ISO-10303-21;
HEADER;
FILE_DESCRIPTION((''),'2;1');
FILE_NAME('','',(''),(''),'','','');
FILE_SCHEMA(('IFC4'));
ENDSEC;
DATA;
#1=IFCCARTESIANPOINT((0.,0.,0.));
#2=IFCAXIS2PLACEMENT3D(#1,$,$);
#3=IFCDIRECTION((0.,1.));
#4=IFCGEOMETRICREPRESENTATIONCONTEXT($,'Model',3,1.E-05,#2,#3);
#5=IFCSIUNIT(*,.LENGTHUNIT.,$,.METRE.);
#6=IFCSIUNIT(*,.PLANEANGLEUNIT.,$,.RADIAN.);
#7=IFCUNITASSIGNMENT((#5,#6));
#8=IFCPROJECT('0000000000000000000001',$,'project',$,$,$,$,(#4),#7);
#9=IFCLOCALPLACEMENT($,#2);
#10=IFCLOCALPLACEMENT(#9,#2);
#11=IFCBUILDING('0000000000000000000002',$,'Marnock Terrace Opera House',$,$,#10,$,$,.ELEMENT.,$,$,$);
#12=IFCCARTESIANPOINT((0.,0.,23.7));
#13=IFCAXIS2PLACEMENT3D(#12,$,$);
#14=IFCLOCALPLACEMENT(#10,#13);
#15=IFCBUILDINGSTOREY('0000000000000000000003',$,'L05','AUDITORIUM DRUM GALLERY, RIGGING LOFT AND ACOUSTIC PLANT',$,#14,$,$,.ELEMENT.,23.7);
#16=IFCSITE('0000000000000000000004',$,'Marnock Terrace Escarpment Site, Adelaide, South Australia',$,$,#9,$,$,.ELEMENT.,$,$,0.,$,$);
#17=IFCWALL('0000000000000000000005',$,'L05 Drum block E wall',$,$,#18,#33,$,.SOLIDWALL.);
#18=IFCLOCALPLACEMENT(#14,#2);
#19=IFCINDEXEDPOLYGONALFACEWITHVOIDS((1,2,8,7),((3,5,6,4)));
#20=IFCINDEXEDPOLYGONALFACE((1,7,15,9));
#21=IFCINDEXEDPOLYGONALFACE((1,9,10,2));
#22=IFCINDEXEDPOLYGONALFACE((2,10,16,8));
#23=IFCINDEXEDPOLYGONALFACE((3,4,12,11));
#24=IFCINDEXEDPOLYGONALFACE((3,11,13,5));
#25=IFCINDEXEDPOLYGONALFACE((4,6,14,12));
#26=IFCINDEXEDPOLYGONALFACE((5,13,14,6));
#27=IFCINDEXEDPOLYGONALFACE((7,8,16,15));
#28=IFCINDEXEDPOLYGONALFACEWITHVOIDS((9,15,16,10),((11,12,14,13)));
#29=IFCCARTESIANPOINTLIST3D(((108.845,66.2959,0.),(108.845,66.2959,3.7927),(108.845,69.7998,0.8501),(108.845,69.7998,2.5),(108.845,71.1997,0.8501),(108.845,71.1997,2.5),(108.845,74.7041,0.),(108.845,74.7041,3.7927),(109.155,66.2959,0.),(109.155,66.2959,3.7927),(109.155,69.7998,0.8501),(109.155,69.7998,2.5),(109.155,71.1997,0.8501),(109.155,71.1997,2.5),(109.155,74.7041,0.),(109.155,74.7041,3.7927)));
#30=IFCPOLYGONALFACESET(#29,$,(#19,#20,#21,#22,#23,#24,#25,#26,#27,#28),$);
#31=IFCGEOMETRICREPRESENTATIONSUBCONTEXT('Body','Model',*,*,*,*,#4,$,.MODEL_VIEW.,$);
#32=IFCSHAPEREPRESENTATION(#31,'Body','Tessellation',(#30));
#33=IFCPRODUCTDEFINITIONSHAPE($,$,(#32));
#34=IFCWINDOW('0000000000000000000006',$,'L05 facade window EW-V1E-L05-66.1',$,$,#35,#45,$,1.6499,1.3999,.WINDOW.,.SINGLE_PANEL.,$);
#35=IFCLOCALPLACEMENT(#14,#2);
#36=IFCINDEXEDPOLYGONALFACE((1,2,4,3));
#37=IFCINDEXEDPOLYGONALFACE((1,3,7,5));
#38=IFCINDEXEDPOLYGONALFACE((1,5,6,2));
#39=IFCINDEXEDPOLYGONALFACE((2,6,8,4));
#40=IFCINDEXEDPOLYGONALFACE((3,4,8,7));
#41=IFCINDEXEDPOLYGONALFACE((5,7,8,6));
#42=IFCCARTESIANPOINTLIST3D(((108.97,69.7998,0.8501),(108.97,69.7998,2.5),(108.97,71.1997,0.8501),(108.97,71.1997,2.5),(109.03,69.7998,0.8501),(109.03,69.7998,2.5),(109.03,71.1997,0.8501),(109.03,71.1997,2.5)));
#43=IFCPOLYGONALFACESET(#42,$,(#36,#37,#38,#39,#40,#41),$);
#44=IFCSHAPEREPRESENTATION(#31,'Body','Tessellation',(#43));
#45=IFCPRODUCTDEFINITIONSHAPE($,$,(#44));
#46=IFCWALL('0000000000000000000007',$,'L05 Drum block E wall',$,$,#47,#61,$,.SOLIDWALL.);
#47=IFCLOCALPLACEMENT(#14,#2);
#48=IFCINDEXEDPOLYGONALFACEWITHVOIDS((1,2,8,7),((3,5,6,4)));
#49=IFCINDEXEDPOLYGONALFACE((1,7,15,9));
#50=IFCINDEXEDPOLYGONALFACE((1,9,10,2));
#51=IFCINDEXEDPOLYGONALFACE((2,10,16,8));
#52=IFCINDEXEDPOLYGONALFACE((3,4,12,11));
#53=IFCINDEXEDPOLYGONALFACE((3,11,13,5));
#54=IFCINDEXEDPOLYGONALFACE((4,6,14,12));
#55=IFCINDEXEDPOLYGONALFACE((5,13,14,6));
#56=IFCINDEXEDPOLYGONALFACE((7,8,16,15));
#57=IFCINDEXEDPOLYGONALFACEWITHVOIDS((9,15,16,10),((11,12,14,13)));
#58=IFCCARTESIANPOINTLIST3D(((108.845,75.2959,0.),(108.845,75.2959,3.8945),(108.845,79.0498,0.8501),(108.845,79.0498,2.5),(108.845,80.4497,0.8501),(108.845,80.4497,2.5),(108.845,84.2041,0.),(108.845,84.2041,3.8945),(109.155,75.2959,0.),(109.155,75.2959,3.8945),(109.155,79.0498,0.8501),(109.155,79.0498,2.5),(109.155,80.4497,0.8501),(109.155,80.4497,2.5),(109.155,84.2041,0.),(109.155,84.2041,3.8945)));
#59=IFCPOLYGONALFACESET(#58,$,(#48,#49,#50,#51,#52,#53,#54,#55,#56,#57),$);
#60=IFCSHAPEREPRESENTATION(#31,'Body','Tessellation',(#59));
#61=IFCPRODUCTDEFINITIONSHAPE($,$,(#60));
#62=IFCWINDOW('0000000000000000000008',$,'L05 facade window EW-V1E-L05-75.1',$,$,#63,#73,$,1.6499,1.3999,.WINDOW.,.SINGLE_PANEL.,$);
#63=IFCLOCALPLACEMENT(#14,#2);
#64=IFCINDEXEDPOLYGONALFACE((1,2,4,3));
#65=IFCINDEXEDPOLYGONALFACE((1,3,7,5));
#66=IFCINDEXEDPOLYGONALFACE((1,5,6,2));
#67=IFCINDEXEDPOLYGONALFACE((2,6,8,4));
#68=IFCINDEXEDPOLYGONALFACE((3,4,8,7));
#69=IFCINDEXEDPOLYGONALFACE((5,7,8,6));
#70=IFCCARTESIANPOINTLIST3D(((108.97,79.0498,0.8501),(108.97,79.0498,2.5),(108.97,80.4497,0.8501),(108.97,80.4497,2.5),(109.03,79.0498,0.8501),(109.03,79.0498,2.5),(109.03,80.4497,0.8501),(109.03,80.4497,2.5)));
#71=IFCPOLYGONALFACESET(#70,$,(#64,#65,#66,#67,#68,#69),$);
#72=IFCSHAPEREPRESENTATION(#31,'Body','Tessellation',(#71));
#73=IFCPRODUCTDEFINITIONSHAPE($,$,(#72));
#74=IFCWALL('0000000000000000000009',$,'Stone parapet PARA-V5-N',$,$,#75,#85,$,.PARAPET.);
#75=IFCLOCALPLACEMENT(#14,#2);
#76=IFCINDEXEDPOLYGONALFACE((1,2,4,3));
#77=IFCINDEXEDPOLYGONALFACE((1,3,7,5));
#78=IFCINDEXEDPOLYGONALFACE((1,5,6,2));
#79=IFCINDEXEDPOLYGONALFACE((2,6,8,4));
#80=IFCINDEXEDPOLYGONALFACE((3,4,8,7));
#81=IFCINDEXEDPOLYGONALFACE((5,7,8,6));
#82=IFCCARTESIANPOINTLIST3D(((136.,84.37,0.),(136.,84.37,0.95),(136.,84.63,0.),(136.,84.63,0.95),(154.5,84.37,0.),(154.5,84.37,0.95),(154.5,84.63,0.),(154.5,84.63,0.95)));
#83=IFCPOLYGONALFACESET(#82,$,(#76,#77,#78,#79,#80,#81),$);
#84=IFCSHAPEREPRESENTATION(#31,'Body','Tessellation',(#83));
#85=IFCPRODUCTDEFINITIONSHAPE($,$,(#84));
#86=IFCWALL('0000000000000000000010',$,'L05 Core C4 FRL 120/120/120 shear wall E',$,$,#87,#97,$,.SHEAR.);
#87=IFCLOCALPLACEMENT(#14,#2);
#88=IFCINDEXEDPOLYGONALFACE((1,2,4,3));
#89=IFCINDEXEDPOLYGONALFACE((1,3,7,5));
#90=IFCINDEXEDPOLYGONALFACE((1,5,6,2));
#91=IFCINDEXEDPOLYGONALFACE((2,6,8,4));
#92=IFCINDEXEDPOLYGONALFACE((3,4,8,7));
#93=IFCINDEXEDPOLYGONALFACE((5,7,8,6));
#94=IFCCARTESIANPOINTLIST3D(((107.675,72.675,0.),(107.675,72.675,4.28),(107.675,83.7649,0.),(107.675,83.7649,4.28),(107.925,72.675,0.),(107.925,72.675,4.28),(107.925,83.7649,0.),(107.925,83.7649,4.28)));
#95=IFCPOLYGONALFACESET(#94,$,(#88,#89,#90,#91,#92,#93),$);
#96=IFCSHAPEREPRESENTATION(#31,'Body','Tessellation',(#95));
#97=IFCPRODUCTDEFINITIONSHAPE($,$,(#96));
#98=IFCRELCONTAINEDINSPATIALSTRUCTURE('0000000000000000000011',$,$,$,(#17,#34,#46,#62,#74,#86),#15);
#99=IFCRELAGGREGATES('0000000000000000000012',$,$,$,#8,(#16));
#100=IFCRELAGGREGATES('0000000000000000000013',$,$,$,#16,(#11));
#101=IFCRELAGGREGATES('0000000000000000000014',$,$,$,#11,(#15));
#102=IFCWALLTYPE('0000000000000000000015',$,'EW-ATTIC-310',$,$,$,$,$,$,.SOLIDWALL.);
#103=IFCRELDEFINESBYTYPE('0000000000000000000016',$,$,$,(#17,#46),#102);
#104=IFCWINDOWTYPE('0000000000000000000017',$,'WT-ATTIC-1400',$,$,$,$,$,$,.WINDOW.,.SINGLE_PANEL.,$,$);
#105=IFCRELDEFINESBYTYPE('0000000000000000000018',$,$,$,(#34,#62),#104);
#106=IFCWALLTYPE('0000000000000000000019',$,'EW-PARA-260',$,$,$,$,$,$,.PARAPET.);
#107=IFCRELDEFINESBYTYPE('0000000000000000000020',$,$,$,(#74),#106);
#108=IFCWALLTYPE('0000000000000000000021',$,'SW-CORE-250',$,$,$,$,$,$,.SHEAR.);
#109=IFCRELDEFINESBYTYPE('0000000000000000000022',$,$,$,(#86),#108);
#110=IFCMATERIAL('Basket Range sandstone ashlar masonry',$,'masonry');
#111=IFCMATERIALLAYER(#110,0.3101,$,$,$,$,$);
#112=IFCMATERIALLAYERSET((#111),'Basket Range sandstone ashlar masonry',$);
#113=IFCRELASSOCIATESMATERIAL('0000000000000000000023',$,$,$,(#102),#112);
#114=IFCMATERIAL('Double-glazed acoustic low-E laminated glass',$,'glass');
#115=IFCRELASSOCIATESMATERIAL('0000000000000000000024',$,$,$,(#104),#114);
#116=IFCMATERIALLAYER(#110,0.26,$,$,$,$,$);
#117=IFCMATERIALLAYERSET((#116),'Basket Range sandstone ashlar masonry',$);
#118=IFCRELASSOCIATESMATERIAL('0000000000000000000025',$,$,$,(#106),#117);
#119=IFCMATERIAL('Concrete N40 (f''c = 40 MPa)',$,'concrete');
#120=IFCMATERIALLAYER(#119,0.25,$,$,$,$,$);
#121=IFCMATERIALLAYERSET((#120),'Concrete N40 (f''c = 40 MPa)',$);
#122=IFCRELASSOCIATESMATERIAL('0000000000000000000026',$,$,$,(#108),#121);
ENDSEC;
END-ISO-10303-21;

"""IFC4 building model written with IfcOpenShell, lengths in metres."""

from ifc_helpers import new_model, si_unit, direction, frame, frame_2d, origin, place, context, subcontext, project, spatial, rectangle, extrude, material, layer, layer_set, type_object, element, fill, save


model = new_model("IFC4")

# Units and contexts
model_context = context("Model", 3, precision=1e-05, world=origin(), true_north=direction((0.0, 1.0)))
body_context = subcontext(model_context, "Body", "Model", "MODEL_VIEW")
ifc_project = project(units=[si_unit("LENGTHUNIT", "METRE"), si_unit("PLANEANGLEUNIT", "RADIAN")], contexts=[model_context])

# Site, building, storey
site_placement = place(None, origin())
site = spatial("IfcSite", under=ifc_project, at=site_placement, Name="Marnock Terrace Escarpment Site, Adelaide, South Australia", CompositionType="ELEMENT", RefElevation=0.0)
building_placement = place(site_placement, origin())
building = spatial("IfcBuilding", under=site, at=building_placement, Name="Marnock Terrace Opera House", CompositionType="ELEMENT")
storey_placement = place(building_placement, frame((0.0, 0.0, 23.7)))
storey = spatial("IfcBuildingStorey", under=building, at=storey_placement, Name="L05", Description="AUDITORIUM DRUM GALLERY, RIGGING LOFT AND ACOUSTIC PLANT", CompositionType="ELEMENT", Elevation=23.7)

# Shared definitions
ifc_material_1 = material(Name="Concrete N40 (f'c = 40 MPa)", Category="concrete")

# Walls, openings, windows
ifc_material_2 = material(Name="Basket Range sandstone ashlar masonry", Category="masonry")
ifc_layer_1 = layer(ifc_material_2, 0.3101)
ifc_layer_set_1 = layer_set([ifc_layer_1], Name="Basket Range sandstone ashlar masonry")
wall_type_1 = type_object("IfcWallType", Name="EW-ATTIC-310", PredefinedType="SOLIDWALL", material=ifc_layer_set_1)
ifc_material_3 = material(Name="Double-glazed acoustic low-E laminated glass", Category="glass")
window_type = type_object("IfcWindowType", Name="WT-ATTIC-1400", PartitioningType="SINGLE_PANEL", PredefinedType="WINDOW", material=ifc_material_3)
wall_1_placement = place(storey_placement, frame((109.0, 66.2959, 0.0), z_axis=(0.0, 0.0, 1.0), x_axis=(0.0, 1.0, 0.0)))
wall_1 = element("IfcWall", 1, at=wall_1_placement, inside=storey, type_object=wall_type_1, Name="L05 Drum block E wall", PredefinedType="SOLIDWALL", context=body_context, shape_type="SweptSolid", body=[
    extrude(rectangle(XDim=8.4082, YDim=0.3101, at=frame_2d((4.2041, 0.0))), origin(), (0.0, 0.0, 1.0), 3.7927),
])
opening_1_placement = place(wall_1_placement, frame((3.5039, 0.0, 0.8501)))
opening_1 = element("IfcOpeningElement", 2, at=opening_1_placement, cuts=wall_1, PredefinedType="OPENING", context=body_context, shape_type="SweptSolid", body=[
    extrude(rectangle(XDim=1.3999, YDim=1.6499, at=frame_2d((0.7, 0.825))), frame((0.0, 0.165, 0.0), z_axis=(0.0, -1.0, 0.0), x_axis=(1.0, 0.0, 0.0)), (0.0, 0.0, 1.0), 0.3301),
])
window_1_placement = place(opening_1_placement, origin())
window_1 = element("IfcWindow", 3, at=window_1_placement, inside=storey, type_object=window_type, Name="L05 facade window EW-V1E-L05-66.1", OverallHeight=1.6499, OverallWidth=1.3999, PartitioningType="SINGLE_PANEL", PredefinedType="WINDOW", context=body_context, shape_type="SweptSolid", body=[
    extrude(rectangle(XDim=1.3999, YDim=1.6499, at=frame_2d((0.7, 0.825))), frame((0.0, 0.03, 0.0), z_axis=(0.0, -1.0, 0.0), x_axis=(1.0, 0.0, 0.0)), (0.0, 0.0, 1.0), 0.0601),
])
fill(opening_1, window_1)
wall_2_placement = place(storey_placement, frame((109.0, 75.2959, 0.0), z_axis=(0.0, 0.0, 1.0), x_axis=(0.0, 1.0, 0.0)))
wall_2 = element("IfcWall", 4, at=wall_2_placement, inside=storey, type_object=wall_type_1, Name="L05 Drum block E wall", PredefinedType="SOLIDWALL", context=body_context, shape_type="SweptSolid", body=[
    extrude(rectangle(XDim=8.9082, YDim=0.3101, at=frame_2d((4.4541, 0.0))), origin(), (0.0, 0.0, 1.0), 3.8945),
])
opening_2_placement = place(wall_2_placement, frame((3.7539, 0.0, 0.8501)))
opening_2 = element("IfcOpeningElement", 5, at=opening_2_placement, cuts=wall_2, PredefinedType="OPENING", context=body_context, shape_type="SweptSolid", body=[
    extrude(rectangle(XDim=1.3999, YDim=1.6499, at=frame_2d((0.7, 0.825))), frame((0.0, 0.165, 0.0), z_axis=(0.0, -1.0, 0.0), x_axis=(1.0, 0.0, 0.0)), (0.0, 0.0, 1.0), 0.3301),
])
window_2_placement = place(opening_2_placement, origin())
window_2 = element("IfcWindow", 6, at=window_2_placement, inside=storey, type_object=window_type, Name="L05 facade window EW-V1E-L05-75.1", OverallHeight=1.6499, OverallWidth=1.3999, PartitioningType="SINGLE_PANEL", PredefinedType="WINDOW", context=body_context, shape_type="SweptSolid", body=[
    extrude(rectangle(XDim=1.3999, YDim=1.6499, at=frame_2d((0.7, 0.825))), frame((0.0, 0.03, 0.0), z_axis=(0.0, -1.0, 0.0), x_axis=(1.0, 0.0, 0.0)), (0.0, 0.0, 1.0), 0.0601),
])
fill(opening_2, window_2)

# Walls
ifc_layer_2 = layer(ifc_material_2, 0.26)
ifc_layer_set_2 = layer_set([ifc_layer_2], Name="Basket Range sandstone ashlar masonry")
wall_type_2 = type_object("IfcWallType", Name="EW-PARA-260", PredefinedType="PARAPET", material=ifc_layer_set_2)
wall_3_placement = place(storey_placement, frame((136.0, 84.5, 0.0), z_axis=(0.0, 0.0, 1.0), x_axis=(1.0, 0.0, 0.0)))
element("IfcWall", 7, at=wall_3_placement, inside=storey, type_object=wall_type_2, Name="Stone parapet PARA-V5-N", PredefinedType="PARAPET", context=body_context, shape_type="SweptSolid", body=[
    extrude(rectangle(XDim=18.5, YDim=0.26, at=frame_2d((9.25, 0.0))), origin(), (0.0, 0.0, 1.0), 0.95),
])
ifc_layer_3 = layer(ifc_material_1, 0.25)
ifc_layer_set_3 = layer_set([ifc_layer_3], Name="Concrete N40 (f'c = 40 MPa)")
wall_type_3 = type_object("IfcWallType", Name="SW-CORE-250", PredefinedType="SHEAR", material=ifc_layer_set_3)
wall_4_placement = place(storey_placement, frame((107.8, 72.675, 0.0), z_axis=(0.0, 0.0, 1.0), x_axis=(0.0, 1.0, 0.0)))
element("IfcWall", 8, at=wall_4_placement, inside=storey, type_object=wall_type_3, Name="L05 Core C4 FRL 120/120/120 shear wall E", PredefinedType="SHEAR", context=body_context, shape_type="SweptSolid", body=[
    extrude(rectangle(XDim=11.0898, YDim=0.25, at=frame_2d((5.5449, 0.0))), origin(), (0.0, 0.0, 1.0), 4.28),
])

save(model, "model.ifc")
